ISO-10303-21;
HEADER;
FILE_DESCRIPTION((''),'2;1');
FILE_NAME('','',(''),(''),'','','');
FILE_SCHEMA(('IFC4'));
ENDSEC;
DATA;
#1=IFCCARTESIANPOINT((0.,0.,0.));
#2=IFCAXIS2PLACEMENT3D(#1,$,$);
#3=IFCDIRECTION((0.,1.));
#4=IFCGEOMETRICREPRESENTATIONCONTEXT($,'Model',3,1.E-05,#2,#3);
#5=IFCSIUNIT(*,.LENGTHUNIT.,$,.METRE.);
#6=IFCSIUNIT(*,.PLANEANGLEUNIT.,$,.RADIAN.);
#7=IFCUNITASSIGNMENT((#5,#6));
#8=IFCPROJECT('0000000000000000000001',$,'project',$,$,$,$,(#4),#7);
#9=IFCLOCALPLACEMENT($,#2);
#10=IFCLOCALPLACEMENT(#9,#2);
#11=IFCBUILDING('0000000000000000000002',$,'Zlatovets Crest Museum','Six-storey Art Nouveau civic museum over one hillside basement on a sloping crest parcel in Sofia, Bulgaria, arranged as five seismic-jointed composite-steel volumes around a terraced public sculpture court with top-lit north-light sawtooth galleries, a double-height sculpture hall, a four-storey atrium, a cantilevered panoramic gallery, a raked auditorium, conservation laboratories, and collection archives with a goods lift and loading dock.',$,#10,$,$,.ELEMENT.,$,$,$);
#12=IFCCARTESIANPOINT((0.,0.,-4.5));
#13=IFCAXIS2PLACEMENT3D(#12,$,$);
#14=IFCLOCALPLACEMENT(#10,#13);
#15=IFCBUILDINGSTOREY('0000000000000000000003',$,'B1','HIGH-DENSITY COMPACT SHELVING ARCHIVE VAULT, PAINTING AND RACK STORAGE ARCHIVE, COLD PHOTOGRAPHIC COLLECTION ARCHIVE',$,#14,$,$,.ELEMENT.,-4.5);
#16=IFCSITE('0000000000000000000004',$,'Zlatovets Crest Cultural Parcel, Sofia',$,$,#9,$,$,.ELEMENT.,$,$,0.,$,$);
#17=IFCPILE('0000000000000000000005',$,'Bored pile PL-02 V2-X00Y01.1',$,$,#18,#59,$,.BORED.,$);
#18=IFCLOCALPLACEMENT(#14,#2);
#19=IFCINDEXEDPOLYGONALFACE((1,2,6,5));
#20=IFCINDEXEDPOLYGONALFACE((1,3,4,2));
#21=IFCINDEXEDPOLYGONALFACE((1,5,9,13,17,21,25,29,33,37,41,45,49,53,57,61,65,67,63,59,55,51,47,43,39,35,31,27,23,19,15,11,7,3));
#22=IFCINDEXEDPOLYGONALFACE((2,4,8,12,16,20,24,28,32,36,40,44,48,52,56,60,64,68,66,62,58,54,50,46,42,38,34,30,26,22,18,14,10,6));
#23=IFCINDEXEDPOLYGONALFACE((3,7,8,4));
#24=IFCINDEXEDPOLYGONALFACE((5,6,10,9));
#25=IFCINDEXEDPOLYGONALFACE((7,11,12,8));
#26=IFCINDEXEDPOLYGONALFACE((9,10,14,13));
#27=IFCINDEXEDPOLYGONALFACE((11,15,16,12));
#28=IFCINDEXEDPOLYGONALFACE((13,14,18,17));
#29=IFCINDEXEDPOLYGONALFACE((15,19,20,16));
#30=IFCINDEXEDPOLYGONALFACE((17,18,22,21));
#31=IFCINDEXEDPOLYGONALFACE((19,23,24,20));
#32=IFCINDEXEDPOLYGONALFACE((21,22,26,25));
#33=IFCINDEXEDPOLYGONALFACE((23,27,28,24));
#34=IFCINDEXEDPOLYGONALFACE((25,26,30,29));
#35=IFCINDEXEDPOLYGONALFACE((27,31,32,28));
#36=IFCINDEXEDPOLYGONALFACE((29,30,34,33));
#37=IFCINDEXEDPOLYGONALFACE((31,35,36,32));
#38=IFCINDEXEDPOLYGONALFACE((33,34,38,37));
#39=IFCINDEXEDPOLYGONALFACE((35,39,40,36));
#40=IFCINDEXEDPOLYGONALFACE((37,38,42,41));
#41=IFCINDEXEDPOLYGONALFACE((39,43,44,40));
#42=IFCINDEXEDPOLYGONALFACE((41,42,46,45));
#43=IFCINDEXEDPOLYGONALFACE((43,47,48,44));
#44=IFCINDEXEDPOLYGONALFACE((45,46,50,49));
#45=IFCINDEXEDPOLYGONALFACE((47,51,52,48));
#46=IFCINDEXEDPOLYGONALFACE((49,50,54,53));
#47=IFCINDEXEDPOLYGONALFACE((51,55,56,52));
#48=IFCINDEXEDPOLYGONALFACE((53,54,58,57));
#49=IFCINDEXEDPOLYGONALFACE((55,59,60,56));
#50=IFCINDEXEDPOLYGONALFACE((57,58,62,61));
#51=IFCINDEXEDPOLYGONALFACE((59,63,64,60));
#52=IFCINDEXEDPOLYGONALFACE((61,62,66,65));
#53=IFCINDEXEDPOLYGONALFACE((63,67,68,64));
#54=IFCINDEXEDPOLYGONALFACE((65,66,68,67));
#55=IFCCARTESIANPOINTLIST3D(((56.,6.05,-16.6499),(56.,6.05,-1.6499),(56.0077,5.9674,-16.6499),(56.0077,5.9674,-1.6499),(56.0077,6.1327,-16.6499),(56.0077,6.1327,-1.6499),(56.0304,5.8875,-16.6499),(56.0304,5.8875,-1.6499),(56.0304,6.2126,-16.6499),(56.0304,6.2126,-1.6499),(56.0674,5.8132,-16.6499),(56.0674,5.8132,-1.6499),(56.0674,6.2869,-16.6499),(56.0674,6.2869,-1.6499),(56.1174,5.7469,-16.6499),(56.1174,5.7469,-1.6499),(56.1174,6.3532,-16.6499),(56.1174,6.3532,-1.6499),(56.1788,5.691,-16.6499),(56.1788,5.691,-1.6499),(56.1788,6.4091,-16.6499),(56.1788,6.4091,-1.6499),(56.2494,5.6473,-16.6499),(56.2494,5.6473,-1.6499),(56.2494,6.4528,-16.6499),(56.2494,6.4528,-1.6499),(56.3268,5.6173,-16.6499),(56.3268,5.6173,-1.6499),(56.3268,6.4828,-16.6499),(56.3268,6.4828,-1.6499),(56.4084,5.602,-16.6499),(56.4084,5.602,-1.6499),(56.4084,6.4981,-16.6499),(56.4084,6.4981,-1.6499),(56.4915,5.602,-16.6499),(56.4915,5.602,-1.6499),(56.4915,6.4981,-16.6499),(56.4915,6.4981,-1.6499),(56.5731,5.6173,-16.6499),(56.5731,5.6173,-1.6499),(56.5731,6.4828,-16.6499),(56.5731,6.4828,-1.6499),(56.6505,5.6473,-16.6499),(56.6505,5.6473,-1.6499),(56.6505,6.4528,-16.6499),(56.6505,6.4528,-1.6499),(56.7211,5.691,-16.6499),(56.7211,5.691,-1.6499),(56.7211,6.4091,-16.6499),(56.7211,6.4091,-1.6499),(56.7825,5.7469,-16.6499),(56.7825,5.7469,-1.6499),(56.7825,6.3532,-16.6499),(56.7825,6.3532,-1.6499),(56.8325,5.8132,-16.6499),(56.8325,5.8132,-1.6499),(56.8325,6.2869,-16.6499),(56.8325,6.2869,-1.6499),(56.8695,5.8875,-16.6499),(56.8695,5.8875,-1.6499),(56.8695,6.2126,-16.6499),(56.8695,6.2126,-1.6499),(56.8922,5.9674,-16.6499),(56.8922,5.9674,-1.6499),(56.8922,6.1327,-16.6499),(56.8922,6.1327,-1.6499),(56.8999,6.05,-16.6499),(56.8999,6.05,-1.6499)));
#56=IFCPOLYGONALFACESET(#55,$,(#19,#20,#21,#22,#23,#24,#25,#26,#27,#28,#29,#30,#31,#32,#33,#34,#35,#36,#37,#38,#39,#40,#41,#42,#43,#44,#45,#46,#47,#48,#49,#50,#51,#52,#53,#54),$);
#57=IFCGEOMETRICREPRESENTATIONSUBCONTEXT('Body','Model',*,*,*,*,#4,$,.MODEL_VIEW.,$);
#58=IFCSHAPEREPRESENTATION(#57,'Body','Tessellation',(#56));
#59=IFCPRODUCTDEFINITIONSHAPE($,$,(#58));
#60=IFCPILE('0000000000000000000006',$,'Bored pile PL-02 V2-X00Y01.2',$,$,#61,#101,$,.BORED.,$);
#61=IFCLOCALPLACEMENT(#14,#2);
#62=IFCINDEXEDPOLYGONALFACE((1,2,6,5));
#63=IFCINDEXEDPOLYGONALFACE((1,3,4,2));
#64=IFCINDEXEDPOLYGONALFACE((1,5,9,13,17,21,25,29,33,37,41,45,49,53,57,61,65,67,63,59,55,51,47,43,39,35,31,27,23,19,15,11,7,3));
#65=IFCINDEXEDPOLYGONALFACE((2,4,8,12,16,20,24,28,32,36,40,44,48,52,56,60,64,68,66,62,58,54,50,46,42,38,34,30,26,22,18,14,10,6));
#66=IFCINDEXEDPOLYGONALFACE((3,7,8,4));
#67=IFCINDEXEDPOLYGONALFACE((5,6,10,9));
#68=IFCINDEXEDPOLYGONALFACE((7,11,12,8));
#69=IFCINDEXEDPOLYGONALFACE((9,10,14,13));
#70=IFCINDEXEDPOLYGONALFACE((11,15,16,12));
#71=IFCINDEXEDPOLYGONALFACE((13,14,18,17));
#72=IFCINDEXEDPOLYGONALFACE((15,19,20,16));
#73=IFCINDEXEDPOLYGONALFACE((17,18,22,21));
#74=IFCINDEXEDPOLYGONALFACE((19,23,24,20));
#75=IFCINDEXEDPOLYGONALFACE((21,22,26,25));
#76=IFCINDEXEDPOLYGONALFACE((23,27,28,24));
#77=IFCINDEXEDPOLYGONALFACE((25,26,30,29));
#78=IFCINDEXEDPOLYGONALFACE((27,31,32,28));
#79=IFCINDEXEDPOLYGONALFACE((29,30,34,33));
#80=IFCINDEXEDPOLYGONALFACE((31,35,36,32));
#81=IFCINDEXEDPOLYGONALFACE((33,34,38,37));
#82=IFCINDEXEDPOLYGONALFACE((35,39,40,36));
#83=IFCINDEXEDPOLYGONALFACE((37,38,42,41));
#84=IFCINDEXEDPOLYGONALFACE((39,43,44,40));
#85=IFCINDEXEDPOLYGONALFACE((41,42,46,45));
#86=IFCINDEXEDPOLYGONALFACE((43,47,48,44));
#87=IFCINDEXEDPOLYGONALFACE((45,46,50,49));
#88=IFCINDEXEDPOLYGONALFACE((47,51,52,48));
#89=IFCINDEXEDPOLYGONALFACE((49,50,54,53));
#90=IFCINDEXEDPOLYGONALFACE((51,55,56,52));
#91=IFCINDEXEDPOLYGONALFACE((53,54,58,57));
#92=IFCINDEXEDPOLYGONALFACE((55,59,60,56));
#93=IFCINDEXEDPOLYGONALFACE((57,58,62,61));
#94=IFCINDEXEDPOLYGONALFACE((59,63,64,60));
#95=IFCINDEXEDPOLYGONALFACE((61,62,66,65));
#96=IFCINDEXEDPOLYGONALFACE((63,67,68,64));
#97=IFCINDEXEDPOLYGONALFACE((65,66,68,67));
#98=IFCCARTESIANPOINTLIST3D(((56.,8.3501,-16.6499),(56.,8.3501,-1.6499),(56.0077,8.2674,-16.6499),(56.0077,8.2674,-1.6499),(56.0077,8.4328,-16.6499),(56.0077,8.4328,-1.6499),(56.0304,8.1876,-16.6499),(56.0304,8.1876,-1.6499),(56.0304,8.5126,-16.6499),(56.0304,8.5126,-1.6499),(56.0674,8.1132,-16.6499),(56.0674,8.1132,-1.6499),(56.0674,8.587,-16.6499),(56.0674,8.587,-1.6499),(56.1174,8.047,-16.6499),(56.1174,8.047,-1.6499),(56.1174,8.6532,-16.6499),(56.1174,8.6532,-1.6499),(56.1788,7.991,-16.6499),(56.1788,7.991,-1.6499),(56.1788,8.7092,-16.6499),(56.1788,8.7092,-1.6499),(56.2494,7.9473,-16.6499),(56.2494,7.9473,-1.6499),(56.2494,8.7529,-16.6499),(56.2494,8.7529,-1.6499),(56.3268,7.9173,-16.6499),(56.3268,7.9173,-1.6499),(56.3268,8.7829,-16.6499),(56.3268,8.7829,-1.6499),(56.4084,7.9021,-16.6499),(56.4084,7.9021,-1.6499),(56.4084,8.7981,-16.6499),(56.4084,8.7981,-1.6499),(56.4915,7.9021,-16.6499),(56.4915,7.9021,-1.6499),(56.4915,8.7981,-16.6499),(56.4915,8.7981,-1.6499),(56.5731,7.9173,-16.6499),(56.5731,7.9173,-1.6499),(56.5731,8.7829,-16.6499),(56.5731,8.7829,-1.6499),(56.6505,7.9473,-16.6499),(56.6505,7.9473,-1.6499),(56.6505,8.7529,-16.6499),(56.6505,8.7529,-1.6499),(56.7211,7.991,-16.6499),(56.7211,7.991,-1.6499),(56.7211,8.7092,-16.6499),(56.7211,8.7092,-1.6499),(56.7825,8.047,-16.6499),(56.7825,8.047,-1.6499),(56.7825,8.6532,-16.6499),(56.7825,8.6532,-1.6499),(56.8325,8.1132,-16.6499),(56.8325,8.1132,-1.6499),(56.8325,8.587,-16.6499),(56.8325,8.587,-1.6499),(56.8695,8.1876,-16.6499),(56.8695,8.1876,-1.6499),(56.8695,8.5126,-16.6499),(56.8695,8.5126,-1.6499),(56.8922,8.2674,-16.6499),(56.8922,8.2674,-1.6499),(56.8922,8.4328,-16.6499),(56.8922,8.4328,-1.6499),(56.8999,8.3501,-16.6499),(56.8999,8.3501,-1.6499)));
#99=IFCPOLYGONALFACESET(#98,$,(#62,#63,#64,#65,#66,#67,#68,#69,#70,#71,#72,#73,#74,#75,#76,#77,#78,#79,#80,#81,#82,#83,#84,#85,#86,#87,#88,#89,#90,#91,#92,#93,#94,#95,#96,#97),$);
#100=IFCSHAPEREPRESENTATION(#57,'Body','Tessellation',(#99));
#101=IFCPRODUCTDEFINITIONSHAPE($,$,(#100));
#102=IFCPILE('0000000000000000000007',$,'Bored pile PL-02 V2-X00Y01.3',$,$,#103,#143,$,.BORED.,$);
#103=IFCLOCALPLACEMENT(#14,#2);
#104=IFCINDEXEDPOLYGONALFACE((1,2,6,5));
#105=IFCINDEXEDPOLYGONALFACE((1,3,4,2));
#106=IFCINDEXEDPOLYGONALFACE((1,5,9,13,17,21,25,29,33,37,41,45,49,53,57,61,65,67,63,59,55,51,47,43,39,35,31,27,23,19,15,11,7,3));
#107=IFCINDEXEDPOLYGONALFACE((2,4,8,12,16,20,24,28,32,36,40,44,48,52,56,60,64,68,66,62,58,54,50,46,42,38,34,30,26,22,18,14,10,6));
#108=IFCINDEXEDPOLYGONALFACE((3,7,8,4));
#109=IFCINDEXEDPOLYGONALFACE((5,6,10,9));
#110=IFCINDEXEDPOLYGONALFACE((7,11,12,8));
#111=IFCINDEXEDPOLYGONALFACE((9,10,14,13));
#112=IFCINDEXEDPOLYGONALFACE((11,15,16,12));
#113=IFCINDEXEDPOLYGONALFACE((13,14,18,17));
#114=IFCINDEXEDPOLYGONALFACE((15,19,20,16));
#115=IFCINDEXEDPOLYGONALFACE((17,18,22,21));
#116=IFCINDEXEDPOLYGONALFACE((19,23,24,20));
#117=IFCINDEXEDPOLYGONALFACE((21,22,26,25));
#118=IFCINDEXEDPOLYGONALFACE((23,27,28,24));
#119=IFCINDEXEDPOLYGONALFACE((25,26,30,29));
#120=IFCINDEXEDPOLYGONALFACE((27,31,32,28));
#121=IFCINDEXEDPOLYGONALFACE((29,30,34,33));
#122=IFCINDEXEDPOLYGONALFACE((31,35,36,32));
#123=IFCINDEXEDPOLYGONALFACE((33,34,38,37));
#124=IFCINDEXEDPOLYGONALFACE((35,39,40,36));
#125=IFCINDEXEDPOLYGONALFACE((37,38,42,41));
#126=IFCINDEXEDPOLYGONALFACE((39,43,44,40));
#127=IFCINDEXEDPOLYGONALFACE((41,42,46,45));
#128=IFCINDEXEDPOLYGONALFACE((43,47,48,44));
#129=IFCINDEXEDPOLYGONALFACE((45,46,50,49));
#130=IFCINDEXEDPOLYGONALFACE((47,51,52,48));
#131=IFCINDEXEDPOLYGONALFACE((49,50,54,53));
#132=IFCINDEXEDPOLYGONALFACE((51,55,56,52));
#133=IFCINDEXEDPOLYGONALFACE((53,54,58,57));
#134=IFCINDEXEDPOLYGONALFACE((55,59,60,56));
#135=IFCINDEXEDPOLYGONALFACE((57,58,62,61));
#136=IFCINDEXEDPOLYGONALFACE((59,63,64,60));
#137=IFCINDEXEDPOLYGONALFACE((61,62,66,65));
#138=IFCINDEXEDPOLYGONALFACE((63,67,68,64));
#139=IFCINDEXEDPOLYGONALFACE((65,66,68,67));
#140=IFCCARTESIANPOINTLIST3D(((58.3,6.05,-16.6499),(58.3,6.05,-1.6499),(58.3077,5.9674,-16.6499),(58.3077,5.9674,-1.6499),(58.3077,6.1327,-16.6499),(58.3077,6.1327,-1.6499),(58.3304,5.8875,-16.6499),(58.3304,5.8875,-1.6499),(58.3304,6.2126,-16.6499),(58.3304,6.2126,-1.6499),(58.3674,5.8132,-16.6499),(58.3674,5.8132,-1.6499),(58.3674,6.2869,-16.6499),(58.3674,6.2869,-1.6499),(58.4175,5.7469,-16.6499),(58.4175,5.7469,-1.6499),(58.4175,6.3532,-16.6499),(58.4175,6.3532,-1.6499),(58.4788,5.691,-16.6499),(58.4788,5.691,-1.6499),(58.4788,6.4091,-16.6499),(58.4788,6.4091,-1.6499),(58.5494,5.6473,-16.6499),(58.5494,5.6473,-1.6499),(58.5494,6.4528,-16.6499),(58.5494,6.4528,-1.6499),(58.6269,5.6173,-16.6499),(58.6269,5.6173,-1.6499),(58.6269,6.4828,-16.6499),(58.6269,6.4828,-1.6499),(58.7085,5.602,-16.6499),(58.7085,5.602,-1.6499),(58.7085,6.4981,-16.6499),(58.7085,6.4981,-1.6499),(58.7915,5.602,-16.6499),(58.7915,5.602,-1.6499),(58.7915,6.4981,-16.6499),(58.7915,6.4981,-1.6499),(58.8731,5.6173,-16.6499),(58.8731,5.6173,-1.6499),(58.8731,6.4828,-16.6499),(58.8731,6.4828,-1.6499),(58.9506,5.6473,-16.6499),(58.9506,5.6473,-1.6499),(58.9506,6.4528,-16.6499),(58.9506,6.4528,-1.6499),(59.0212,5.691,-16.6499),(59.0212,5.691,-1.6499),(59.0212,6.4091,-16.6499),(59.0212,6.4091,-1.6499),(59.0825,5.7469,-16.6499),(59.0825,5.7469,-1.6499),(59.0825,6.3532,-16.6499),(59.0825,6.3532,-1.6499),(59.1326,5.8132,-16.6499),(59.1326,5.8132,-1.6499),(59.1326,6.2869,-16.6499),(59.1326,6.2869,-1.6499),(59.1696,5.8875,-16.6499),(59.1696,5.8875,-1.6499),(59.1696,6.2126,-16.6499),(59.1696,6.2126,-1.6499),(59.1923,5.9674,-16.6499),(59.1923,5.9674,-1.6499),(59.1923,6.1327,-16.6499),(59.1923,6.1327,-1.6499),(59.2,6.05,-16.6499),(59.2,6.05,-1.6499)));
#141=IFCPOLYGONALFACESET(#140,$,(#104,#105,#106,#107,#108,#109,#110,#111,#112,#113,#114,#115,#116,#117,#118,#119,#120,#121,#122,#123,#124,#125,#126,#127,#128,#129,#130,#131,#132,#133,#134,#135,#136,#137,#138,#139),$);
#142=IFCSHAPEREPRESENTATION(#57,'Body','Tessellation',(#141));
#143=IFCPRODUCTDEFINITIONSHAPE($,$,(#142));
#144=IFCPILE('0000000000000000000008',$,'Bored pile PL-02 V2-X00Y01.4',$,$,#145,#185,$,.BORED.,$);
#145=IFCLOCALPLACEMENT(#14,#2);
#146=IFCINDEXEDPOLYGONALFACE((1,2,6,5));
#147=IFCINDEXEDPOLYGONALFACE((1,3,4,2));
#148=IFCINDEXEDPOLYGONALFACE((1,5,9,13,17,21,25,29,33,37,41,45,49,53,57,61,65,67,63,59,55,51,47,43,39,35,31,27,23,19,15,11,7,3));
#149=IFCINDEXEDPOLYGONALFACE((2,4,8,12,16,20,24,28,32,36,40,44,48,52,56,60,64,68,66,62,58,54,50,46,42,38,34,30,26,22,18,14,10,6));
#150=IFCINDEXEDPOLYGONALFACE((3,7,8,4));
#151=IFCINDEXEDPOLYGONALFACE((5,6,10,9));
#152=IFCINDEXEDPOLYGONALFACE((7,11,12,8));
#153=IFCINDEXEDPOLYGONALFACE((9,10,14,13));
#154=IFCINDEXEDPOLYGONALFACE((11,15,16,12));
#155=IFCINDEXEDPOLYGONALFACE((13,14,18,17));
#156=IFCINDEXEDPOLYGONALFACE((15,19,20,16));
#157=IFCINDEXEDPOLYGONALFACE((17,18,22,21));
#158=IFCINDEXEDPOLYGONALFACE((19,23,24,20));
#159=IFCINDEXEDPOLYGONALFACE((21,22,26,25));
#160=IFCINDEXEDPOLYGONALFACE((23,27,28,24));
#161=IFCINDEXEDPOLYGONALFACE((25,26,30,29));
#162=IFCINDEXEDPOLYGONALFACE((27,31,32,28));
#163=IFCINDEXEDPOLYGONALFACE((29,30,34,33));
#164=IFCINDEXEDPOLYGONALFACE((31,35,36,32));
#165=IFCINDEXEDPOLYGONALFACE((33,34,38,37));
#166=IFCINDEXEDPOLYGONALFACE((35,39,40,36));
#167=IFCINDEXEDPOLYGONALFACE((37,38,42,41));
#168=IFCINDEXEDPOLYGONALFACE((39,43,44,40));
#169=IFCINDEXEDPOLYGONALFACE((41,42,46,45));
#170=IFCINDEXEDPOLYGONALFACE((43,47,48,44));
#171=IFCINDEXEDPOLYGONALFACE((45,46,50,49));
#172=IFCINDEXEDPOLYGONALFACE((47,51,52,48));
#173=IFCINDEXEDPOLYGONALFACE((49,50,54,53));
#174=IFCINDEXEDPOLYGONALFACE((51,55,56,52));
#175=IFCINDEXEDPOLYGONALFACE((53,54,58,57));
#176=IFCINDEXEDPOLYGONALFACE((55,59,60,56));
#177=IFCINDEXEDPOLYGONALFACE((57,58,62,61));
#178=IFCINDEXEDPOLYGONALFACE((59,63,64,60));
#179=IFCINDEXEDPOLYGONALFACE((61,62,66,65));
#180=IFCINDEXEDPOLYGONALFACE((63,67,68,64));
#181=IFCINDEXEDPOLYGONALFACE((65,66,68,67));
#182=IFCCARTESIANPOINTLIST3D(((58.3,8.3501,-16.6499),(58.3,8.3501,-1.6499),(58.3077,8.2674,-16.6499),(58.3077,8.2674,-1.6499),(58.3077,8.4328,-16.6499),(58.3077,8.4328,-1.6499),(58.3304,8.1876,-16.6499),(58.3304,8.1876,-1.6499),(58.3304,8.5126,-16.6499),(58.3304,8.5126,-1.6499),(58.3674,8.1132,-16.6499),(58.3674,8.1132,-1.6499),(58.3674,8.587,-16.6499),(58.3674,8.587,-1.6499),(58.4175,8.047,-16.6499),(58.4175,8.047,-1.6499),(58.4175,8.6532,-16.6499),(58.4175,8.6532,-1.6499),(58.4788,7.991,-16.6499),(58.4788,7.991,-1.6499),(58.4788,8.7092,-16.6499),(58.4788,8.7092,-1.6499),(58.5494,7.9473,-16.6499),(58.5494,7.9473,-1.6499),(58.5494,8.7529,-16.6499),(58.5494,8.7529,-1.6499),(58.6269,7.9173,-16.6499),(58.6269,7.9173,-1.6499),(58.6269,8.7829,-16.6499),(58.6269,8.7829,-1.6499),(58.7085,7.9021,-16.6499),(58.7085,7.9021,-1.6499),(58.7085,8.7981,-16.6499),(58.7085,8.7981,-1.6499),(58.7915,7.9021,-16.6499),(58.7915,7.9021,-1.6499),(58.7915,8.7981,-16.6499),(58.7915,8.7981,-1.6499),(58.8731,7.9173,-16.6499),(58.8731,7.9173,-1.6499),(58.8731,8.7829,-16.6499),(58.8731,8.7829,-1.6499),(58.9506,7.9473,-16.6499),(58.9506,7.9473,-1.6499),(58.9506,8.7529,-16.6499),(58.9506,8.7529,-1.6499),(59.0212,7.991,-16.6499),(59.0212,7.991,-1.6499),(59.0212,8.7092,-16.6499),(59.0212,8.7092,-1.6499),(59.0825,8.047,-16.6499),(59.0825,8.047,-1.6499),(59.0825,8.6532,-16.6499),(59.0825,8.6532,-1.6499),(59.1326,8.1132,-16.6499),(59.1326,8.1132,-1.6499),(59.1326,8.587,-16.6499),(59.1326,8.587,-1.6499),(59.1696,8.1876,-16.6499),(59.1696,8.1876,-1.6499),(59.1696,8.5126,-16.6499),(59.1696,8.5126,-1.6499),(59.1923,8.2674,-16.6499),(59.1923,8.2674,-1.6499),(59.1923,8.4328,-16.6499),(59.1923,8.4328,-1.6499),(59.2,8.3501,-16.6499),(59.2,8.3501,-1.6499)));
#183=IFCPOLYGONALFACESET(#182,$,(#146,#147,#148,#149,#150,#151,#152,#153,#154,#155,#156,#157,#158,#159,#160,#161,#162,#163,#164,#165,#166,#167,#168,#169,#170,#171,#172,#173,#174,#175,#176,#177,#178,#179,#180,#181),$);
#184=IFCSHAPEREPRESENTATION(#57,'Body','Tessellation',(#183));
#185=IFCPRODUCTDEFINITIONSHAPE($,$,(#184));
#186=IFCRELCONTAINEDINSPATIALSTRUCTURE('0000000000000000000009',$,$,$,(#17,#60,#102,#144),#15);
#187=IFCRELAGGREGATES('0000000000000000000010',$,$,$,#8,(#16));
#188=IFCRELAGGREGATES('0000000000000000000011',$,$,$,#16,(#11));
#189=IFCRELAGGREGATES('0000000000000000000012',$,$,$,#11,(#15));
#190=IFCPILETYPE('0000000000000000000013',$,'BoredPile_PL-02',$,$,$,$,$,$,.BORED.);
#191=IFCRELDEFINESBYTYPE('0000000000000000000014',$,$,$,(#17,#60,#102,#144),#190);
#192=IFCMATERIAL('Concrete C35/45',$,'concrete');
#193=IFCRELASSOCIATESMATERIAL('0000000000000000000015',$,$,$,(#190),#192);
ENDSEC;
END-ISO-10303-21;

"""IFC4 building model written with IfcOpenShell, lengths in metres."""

from ifc_helpers import new_model, si_unit, direction, frame, origin, origin_2d, place, context, subcontext, project, spatial, circle, extrude, material, material_profile, profile_set, type_object, element, save


model = new_model("IFC4")

# Units and contexts
model_context = context("Model", 3, precision=1e-05, world=origin(), true_north=direction((0.0, 1.0)))
body_context = subcontext(model_context, "Body", "Model", "MODEL_VIEW")
ifc_project = project(units=[si_unit("LENGTHUNIT", "METRE"), si_unit("PLANEANGLEUNIT", "RADIAN")], contexts=[model_context])

# Site, building, storey
site_placement = place(None, origin())
site = spatial("IfcSite", under=ifc_project, at=site_placement, Name="Zlatovets Crest Cultural Parcel, Sofia", CompositionType="ELEMENT", RefElevation=0.0)
building_placement = place(site_placement, origin())
building = spatial("IfcBuilding", under=site, at=building_placement, Name="Zlatovets Crest Museum", Description="Six-storey Art Nouveau civic museum over one hillside basement on a sloping crest parcel in Sofia, Bulgaria, arranged as five seismic-jointed composite-steel volumes around a terraced public sculpture court with top-lit north-light sawtooth galleries, a double-height sculpture hall, a four-storey atrium, a cantilevered panoramic gallery, a raked auditorium, conservation laboratories, and collection archives with a goods lift and loading dock.", CompositionType="ELEMENT")
storey_placement = place(building_placement, frame((0.0, 0.0, -4.5)))
storey = spatial("IfcBuildingStorey", under=building, at=storey_placement, Name="B1", Description="HIGH-DENSITY COMPACT SHELVING ARCHIVE VAULT, PAINTING AND RACK STORAGE ARCHIVE, COLD PHOTOGRAPHIC COLLECTION ARCHIVE", CompositionType="ELEMENT", Elevation=-4.5)

# Piles
ifc_material_1 = material(Name="Concrete C35/45", Category="concrete")
ifc_material_profile_1 = material_profile(ifc_material_1, circle(Radius=0.45, at=origin_2d()), Name="PILE D900")
ifc_profile_set_1 = profile_set([ifc_material_profile_1], Name="Concrete C35/45")
pile_type = type_object("IfcPileType", Name="BoredPile_PL-02", PredefinedType="BORED", material=ifc_profile_set_1)
for number, where, z_axis, x_axis, name in (
    (1, (56.45, 6.05, -1.6499), (0.0, 0.0, -1.0), (1.0, 0.0, 0.0), "Bored pile PL-02 V2-X00Y01.1"),
    (2, (56.45, 8.3501, -1.6499), (0.0, 0.0, -1.0), (1.0, 0.0, 0.0), "Bored pile PL-02 V2-X00Y01.2"),
    (3, (58.75, 6.05, -1.6499), (0.0, 0.0, -1.0), (1.0, 0.0, 0.0), "Bored pile PL-02 V2-X00Y01.3"),
    (4, (58.75, 8.3501, -1.6499), (0.0, 0.0, -1.0), (1.0, 0.0, 0.0), "Bored pile PL-02 V2-X00Y01.4"),
):
    element("IfcPile", number, at=place(storey_placement, frame(where, z_axis=z_axis, x_axis=x_axis)), inside=storey, type_object=pile_type, Name=name, PredefinedType="BORED", context=body_context, shape_type="SweptSolid", body=[
        extrude(circle(Radius=0.45, at=origin_2d()), origin(), (0.0, 0.0, 1.0), 15.0),
    ])

save(model, "model.ifc")
